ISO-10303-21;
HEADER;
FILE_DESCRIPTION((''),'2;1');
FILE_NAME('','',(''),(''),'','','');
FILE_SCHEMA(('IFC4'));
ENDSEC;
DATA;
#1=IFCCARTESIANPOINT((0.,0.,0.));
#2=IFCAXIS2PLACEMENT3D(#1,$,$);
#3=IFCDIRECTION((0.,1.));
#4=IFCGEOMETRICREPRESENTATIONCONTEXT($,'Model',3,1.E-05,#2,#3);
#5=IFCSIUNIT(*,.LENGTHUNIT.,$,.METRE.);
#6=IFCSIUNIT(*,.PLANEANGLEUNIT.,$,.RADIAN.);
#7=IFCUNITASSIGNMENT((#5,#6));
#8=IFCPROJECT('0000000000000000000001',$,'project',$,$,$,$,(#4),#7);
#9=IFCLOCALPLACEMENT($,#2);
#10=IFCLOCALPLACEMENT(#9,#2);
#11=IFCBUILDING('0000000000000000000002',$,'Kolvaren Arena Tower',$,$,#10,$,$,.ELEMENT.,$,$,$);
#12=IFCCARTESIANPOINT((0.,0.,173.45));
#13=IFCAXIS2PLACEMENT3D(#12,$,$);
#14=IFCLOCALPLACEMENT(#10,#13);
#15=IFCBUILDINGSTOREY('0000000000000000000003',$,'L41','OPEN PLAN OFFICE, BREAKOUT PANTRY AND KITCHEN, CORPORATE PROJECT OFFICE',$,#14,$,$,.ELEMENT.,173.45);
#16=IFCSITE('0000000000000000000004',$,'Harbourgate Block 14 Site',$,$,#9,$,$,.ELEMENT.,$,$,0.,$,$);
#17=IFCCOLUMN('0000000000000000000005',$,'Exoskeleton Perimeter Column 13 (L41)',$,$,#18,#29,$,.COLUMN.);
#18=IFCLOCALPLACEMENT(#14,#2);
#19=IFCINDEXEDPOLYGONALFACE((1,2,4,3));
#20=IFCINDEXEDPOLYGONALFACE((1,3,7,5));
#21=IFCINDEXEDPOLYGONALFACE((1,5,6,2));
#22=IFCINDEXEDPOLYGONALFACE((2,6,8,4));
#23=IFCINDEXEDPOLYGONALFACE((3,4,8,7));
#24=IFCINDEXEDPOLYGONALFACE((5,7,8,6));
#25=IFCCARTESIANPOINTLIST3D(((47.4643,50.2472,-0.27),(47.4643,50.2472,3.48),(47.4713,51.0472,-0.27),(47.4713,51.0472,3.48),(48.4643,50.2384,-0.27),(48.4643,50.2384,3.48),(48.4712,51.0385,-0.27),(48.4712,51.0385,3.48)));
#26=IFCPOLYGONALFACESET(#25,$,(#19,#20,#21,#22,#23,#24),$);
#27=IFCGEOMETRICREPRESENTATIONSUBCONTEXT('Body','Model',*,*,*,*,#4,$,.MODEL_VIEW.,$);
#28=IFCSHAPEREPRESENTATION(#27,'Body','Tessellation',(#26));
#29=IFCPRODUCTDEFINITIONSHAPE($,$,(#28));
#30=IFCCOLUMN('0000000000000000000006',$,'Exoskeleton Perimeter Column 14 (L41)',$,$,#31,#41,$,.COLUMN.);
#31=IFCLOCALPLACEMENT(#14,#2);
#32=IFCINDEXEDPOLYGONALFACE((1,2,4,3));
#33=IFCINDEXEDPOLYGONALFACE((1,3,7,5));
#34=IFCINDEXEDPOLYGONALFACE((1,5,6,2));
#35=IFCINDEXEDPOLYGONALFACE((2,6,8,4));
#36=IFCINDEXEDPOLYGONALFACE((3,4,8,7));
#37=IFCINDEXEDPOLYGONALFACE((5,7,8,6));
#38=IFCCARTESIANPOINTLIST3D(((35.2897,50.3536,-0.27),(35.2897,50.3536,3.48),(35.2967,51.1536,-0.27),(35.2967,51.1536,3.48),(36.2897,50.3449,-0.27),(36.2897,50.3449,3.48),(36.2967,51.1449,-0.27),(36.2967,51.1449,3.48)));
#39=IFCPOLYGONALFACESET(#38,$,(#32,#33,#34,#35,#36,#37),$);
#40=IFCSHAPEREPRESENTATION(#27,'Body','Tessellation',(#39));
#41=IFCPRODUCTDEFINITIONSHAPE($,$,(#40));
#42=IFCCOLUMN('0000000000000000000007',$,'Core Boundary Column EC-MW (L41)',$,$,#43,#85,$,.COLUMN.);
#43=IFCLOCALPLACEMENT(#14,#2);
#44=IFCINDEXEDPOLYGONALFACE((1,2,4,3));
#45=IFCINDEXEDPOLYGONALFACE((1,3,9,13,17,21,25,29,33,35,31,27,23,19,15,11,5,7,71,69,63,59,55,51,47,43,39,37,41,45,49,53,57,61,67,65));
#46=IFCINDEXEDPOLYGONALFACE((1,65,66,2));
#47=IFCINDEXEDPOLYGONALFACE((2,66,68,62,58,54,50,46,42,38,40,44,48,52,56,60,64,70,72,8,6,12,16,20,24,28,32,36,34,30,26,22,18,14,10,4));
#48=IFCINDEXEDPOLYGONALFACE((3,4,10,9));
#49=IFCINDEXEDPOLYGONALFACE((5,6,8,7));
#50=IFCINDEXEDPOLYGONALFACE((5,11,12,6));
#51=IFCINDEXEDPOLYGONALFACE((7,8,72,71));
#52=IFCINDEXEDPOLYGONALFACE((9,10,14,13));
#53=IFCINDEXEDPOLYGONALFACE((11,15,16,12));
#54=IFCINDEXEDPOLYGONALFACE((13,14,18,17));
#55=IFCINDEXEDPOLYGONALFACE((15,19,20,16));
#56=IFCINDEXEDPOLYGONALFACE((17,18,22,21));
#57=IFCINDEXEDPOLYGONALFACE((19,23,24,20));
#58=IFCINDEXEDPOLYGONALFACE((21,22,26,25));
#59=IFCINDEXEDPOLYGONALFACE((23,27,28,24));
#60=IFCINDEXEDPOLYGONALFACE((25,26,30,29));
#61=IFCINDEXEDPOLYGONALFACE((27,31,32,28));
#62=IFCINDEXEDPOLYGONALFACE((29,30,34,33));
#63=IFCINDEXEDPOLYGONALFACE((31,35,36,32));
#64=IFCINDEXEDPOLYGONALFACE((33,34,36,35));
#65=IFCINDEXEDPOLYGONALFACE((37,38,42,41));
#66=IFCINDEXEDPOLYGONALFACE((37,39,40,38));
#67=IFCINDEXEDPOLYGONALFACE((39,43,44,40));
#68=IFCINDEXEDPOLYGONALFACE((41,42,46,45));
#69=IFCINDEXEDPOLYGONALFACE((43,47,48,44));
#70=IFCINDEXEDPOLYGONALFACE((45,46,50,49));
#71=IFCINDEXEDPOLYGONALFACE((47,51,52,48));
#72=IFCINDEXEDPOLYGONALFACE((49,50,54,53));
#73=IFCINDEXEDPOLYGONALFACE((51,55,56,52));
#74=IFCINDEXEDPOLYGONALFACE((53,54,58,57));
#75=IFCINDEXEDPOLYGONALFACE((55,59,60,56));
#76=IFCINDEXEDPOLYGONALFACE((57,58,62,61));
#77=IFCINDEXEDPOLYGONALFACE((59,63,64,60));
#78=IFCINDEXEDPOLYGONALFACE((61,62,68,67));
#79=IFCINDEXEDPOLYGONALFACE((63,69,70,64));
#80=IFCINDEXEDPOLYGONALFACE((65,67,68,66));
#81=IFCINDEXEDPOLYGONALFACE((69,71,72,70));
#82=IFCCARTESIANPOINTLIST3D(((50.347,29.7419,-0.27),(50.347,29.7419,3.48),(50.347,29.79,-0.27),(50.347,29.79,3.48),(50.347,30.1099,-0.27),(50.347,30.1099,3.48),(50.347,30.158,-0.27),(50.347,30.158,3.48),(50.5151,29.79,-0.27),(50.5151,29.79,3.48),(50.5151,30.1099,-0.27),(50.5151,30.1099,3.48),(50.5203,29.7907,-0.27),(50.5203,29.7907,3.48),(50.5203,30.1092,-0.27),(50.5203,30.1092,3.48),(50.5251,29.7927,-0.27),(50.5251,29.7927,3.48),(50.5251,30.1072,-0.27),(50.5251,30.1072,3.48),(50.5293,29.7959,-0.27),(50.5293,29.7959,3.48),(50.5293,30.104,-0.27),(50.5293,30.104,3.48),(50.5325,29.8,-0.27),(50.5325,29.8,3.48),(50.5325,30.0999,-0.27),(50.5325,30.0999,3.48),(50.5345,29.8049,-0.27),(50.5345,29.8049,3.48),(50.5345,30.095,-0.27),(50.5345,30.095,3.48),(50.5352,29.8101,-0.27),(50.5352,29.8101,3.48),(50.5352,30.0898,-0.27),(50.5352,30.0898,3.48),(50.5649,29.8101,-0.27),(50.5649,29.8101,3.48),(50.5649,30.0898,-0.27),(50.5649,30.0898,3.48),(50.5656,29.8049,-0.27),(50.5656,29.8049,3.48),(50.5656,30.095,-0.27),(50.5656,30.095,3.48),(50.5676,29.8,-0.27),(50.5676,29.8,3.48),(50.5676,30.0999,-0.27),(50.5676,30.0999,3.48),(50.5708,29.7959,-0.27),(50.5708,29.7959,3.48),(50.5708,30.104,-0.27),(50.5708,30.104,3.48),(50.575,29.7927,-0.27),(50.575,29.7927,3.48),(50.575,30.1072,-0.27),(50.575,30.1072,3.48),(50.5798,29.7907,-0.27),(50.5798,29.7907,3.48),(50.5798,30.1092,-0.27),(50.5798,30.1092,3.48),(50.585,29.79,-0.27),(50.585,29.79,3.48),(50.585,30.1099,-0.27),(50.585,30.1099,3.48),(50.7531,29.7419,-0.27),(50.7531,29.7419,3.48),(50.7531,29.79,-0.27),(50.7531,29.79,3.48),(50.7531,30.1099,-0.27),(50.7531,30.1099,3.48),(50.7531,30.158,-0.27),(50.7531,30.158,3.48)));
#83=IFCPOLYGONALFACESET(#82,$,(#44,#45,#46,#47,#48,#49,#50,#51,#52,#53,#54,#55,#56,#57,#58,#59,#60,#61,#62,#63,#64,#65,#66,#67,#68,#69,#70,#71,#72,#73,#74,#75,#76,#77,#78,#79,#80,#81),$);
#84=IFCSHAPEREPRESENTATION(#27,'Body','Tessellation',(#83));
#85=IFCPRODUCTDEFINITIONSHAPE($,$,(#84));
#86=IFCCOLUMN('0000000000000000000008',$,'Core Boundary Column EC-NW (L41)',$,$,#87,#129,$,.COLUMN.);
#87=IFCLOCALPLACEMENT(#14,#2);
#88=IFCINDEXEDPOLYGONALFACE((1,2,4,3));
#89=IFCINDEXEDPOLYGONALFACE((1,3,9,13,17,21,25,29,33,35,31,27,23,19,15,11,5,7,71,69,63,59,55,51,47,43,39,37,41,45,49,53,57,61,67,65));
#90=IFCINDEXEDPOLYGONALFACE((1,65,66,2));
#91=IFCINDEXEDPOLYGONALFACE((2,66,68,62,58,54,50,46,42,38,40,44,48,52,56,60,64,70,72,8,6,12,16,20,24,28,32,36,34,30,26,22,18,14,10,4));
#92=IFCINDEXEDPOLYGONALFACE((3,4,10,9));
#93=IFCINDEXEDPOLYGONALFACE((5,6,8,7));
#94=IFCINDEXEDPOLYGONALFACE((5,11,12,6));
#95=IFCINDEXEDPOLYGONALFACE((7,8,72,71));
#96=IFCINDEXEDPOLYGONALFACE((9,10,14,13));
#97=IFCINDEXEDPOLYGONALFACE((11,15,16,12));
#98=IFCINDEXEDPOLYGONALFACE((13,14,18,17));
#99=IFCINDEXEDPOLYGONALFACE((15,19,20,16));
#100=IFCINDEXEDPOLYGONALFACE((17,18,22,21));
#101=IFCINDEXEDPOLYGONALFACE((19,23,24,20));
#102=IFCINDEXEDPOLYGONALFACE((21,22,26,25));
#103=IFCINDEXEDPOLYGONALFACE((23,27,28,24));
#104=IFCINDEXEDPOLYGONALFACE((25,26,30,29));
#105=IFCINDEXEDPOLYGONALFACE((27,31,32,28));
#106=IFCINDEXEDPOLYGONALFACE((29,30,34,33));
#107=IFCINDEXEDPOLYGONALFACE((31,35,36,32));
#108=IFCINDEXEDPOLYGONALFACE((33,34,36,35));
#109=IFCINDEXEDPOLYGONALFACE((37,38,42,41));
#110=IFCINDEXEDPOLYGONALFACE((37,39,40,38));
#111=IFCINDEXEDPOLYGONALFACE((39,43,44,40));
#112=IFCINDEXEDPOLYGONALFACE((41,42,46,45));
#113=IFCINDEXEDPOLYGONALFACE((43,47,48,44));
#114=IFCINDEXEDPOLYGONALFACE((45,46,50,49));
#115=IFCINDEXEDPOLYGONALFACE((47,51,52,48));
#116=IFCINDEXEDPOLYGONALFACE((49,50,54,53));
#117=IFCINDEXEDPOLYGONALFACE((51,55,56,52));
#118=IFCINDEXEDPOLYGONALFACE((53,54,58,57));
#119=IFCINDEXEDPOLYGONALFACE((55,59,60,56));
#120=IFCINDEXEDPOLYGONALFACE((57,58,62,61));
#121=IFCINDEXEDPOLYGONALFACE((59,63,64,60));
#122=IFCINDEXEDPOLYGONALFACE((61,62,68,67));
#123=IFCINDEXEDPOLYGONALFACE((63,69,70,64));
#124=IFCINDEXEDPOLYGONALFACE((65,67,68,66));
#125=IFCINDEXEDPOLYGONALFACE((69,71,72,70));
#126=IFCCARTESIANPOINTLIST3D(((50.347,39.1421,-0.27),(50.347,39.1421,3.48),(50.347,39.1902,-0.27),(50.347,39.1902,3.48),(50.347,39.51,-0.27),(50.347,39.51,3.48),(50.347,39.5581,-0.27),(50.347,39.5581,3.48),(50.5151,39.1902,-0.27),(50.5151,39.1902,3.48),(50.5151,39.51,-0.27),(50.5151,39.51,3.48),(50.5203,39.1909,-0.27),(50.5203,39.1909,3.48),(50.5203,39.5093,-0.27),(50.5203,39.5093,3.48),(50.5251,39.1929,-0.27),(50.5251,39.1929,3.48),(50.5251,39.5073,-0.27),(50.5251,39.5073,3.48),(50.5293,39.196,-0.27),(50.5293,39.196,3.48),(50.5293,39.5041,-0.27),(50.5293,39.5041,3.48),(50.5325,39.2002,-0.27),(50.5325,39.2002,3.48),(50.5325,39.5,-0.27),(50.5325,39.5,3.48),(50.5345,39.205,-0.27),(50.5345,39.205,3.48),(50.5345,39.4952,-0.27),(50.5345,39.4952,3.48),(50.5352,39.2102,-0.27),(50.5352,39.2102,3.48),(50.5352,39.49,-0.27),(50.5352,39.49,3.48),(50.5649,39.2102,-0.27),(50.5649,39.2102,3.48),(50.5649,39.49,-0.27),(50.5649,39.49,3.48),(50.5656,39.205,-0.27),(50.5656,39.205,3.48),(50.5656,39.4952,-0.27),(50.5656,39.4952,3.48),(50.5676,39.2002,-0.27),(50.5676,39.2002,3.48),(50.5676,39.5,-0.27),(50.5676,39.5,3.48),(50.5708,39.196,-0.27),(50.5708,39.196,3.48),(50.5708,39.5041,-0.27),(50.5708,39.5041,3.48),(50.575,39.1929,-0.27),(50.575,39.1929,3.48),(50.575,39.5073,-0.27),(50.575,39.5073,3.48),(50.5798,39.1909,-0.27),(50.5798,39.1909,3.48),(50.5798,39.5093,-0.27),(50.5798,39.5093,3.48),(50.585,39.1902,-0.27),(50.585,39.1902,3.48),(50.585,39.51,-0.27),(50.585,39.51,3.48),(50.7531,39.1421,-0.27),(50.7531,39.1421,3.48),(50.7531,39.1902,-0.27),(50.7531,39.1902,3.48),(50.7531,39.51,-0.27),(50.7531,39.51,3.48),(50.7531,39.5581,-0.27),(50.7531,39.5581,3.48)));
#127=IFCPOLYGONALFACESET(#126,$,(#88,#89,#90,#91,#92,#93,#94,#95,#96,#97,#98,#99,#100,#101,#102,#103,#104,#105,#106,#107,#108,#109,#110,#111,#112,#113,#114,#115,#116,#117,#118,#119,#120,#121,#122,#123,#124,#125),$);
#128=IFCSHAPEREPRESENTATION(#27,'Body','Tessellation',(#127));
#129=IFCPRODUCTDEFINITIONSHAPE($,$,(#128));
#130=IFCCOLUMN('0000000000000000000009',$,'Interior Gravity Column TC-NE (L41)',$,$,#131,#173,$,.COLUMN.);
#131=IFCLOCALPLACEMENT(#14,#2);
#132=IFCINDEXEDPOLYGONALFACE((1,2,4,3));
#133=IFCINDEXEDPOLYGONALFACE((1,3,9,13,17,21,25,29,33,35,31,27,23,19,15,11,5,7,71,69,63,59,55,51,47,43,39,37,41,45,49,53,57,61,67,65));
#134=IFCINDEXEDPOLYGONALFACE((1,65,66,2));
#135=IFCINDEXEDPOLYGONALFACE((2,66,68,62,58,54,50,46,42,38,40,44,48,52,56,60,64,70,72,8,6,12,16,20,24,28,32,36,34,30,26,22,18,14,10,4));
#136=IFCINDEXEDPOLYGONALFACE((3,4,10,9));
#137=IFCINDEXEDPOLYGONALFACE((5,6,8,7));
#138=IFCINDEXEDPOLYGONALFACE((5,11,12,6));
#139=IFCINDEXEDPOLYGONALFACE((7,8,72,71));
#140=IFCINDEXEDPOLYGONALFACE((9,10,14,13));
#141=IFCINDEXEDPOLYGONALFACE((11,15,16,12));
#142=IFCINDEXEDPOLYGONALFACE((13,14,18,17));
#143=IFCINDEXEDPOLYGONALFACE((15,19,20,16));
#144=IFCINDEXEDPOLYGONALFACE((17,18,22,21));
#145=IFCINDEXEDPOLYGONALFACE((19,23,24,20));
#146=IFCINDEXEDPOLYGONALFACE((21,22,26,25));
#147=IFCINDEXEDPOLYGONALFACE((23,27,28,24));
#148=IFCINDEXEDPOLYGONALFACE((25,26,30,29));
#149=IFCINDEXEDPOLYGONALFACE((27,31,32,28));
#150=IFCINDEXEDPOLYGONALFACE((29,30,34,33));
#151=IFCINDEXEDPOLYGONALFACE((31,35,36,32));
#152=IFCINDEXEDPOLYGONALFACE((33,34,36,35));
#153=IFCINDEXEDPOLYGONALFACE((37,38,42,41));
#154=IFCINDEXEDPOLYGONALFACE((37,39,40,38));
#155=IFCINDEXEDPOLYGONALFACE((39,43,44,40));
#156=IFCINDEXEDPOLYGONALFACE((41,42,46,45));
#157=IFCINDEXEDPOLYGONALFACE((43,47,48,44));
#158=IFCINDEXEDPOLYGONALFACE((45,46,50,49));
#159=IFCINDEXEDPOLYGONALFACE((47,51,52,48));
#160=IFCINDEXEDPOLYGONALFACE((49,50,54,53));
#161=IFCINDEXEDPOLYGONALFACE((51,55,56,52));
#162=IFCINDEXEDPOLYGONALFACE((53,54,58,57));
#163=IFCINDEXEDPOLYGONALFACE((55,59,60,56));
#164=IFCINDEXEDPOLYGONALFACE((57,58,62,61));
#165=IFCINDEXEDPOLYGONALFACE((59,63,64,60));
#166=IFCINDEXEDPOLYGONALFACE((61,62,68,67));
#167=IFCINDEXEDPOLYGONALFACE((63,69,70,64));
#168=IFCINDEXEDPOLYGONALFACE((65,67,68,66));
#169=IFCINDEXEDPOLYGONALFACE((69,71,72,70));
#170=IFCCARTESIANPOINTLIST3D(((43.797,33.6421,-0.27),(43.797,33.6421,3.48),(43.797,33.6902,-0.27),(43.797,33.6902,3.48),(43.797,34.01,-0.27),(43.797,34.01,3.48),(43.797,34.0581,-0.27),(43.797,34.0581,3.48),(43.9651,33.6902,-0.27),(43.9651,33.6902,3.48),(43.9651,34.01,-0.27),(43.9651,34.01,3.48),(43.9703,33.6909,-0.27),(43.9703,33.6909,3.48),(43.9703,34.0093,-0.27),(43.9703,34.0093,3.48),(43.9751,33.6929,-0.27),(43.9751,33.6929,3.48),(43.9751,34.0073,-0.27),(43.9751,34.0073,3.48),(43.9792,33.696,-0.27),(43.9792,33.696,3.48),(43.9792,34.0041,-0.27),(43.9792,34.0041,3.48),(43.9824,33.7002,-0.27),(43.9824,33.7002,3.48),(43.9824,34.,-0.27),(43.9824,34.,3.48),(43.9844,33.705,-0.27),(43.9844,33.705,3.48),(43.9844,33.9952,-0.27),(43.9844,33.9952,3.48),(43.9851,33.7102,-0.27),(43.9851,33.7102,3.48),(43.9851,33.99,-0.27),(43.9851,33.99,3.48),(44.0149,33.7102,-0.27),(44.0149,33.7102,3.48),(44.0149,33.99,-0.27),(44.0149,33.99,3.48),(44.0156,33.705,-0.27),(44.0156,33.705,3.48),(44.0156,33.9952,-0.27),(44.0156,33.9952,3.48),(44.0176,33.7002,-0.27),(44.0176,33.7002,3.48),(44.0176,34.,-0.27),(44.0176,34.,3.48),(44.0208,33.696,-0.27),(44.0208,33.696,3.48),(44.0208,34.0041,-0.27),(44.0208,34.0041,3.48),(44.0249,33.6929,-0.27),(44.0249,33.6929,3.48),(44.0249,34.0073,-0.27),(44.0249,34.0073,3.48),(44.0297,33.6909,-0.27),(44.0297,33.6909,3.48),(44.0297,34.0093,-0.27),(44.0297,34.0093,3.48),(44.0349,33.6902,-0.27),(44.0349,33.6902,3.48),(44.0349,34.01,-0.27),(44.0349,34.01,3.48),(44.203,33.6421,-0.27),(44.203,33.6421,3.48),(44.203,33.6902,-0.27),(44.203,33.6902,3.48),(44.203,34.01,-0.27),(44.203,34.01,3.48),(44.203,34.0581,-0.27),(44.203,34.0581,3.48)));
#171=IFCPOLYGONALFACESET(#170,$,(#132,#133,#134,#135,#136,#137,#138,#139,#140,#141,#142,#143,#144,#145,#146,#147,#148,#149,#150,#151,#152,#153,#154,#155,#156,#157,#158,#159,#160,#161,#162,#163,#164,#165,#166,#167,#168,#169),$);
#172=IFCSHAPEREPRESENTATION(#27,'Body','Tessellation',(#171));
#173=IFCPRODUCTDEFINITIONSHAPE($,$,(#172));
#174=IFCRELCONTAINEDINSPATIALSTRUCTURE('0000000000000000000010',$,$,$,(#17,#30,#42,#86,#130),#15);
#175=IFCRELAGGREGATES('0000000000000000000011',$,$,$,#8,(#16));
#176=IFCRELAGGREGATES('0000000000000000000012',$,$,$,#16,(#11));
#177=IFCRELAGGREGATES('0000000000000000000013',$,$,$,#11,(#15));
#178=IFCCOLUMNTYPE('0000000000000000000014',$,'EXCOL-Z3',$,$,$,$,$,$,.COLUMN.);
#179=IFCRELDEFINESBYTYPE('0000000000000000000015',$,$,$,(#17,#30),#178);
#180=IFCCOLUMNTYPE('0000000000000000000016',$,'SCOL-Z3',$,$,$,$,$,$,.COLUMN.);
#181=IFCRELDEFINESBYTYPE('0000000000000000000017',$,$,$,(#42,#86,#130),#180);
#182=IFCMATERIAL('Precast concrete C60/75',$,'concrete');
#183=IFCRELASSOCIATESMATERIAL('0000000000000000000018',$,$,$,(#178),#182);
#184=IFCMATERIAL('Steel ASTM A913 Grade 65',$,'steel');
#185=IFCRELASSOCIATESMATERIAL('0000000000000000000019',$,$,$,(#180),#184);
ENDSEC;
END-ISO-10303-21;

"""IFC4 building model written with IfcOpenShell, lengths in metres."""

from ifc_helpers import new_model, si_unit, direction, frame, origin, origin_2d, place, context, subcontext, project, spatial, rectangle, i_section, extrude, material, material_profile, profile_set, type_object, element, save


model = new_model("IFC4")

# Units and contexts
model_context = context("Model", 3, precision=1e-05, world=origin(), true_north=direction((0.0, 1.0)))
body_context = subcontext(model_context, "Body", "Model", "MODEL_VIEW")
ifc_project = project(units=[si_unit("LENGTHUNIT", "METRE"), si_unit("PLANEANGLEUNIT", "RADIAN")], contexts=[model_context])

# Site, building, storey
site_placement = place(None, origin())
site = spatial("IfcSite", under=ifc_project, at=site_placement, Name="Harbourgate Block 14 Site", CompositionType="ELEMENT", RefElevation=0.0)
building_placement = place(site_placement, origin())
building = spatial("IfcBuilding", under=site, at=building_placement, Name="Kolvaren Arena Tower", CompositionType="ELEMENT")
storey_placement = place(building_placement, frame((0.0, 0.0, 173.45)))
storey = spatial("IfcBuildingStorey", under=building, at=storey_placement, Name="L41", Description="OPEN PLAN OFFICE, BREAKOUT PANTRY AND KITCHEN, CORPORATE PROJECT OFFICE", CompositionType="ELEMENT", Elevation=173.45)

# Columns
ifc_material_1 = material(Name="Precast concrete C60/75", Category="concrete")
ifc_material_profile_1 = material_profile(ifc_material_1, rectangle(XDim=1.0, YDim=0.8, at=origin_2d()), Name="RC-1000x800")
ifc_profile_set_1 = profile_set([ifc_material_profile_1], Name="Precast concrete C60/75")
column_type_1 = type_object("IfcColumnType", Name="EXCOL-Z3", PredefinedType="COLUMN", material=ifc_profile_set_1)
for number, where, z_axis, x_axis, name in (
    (1, (47.9678, 50.6428, -0.27), (0.0, 0.0, 1.0), (0.999962, -0.008727, 0.0), "Exoskeleton Perimeter Column 13 (L41)"),
    (2, (35.7932, 50.7493, -0.27), (0.0, 0.0, 1.0), (0.999962, -0.008727, 0.0), "Exoskeleton Perimeter Column 14 (L41)"),
):
    element("IfcColumn", number, at=place(storey_placement, frame(where, z_axis=z_axis, x_axis=x_axis)), inside=storey, type_object=column_type_1, Name=name, PredefinedType="COLUMN", context=body_context, shape_type="SweptSolid", body=[
        extrude(rectangle(XDim=1.0, YDim=0.8, at=origin_2d()), origin(), (0.0, 0.0, 1.0), 3.75),
    ])
ifc_material_2 = material(Name="Steel ASTM A913 Grade 65", Category="steel")
ifc_material_profile_2 = material_profile(ifc_material_2, i_section(OverallWidth=0.406, OverallDepth=0.416, WebThickness=0.0298, FlangeThickness=0.0481, FilletRadius=0.02, at=origin_2d()), Name="W360x382")
ifc_profile_set_2 = profile_set([ifc_material_profile_2], Name="Steel ASTM A913 Grade 65")
column_type_2 = type_object("IfcColumnType", Name="SCOL-Z3", PredefinedType="COLUMN", material=ifc_profile_set_2)
for number, where, z_axis, x_axis, name in (
    (3, (50.55, 29.95, -0.27), (0.0, 0.0, 1.0), (1.0, 0.0, 0.0), "Core Boundary Column EC-MW (L41)"),
    (4, (50.55, 39.3501, -0.27), (0.0, 0.0, 1.0), (1.0, 0.0, 0.0), "Core Boundary Column EC-NW (L41)"),
    (5, (44.0, 33.8501, -0.27), (0.0, 0.0, 1.0), (1.0, 0.0, 0.0), "Interior Gravity Column TC-NE (L41)"),
):
    element("IfcColumn", number, at=place(storey_placement, frame(where, z_axis=z_axis, x_axis=x_axis)), inside=storey, type_object=column_type_2, Name=name, PredefinedType="COLUMN", context=body_context, shape_type="SweptSolid", body=[
        extrude(i_section(OverallWidth=0.406, OverallDepth=0.416, WebThickness=0.0298, FlangeThickness=0.0481, FilletRadius=0.02, at=origin_2d()), origin(), (0.0, 0.0, 1.0), 3.75),
    ])

save(model, "model.ifc")
